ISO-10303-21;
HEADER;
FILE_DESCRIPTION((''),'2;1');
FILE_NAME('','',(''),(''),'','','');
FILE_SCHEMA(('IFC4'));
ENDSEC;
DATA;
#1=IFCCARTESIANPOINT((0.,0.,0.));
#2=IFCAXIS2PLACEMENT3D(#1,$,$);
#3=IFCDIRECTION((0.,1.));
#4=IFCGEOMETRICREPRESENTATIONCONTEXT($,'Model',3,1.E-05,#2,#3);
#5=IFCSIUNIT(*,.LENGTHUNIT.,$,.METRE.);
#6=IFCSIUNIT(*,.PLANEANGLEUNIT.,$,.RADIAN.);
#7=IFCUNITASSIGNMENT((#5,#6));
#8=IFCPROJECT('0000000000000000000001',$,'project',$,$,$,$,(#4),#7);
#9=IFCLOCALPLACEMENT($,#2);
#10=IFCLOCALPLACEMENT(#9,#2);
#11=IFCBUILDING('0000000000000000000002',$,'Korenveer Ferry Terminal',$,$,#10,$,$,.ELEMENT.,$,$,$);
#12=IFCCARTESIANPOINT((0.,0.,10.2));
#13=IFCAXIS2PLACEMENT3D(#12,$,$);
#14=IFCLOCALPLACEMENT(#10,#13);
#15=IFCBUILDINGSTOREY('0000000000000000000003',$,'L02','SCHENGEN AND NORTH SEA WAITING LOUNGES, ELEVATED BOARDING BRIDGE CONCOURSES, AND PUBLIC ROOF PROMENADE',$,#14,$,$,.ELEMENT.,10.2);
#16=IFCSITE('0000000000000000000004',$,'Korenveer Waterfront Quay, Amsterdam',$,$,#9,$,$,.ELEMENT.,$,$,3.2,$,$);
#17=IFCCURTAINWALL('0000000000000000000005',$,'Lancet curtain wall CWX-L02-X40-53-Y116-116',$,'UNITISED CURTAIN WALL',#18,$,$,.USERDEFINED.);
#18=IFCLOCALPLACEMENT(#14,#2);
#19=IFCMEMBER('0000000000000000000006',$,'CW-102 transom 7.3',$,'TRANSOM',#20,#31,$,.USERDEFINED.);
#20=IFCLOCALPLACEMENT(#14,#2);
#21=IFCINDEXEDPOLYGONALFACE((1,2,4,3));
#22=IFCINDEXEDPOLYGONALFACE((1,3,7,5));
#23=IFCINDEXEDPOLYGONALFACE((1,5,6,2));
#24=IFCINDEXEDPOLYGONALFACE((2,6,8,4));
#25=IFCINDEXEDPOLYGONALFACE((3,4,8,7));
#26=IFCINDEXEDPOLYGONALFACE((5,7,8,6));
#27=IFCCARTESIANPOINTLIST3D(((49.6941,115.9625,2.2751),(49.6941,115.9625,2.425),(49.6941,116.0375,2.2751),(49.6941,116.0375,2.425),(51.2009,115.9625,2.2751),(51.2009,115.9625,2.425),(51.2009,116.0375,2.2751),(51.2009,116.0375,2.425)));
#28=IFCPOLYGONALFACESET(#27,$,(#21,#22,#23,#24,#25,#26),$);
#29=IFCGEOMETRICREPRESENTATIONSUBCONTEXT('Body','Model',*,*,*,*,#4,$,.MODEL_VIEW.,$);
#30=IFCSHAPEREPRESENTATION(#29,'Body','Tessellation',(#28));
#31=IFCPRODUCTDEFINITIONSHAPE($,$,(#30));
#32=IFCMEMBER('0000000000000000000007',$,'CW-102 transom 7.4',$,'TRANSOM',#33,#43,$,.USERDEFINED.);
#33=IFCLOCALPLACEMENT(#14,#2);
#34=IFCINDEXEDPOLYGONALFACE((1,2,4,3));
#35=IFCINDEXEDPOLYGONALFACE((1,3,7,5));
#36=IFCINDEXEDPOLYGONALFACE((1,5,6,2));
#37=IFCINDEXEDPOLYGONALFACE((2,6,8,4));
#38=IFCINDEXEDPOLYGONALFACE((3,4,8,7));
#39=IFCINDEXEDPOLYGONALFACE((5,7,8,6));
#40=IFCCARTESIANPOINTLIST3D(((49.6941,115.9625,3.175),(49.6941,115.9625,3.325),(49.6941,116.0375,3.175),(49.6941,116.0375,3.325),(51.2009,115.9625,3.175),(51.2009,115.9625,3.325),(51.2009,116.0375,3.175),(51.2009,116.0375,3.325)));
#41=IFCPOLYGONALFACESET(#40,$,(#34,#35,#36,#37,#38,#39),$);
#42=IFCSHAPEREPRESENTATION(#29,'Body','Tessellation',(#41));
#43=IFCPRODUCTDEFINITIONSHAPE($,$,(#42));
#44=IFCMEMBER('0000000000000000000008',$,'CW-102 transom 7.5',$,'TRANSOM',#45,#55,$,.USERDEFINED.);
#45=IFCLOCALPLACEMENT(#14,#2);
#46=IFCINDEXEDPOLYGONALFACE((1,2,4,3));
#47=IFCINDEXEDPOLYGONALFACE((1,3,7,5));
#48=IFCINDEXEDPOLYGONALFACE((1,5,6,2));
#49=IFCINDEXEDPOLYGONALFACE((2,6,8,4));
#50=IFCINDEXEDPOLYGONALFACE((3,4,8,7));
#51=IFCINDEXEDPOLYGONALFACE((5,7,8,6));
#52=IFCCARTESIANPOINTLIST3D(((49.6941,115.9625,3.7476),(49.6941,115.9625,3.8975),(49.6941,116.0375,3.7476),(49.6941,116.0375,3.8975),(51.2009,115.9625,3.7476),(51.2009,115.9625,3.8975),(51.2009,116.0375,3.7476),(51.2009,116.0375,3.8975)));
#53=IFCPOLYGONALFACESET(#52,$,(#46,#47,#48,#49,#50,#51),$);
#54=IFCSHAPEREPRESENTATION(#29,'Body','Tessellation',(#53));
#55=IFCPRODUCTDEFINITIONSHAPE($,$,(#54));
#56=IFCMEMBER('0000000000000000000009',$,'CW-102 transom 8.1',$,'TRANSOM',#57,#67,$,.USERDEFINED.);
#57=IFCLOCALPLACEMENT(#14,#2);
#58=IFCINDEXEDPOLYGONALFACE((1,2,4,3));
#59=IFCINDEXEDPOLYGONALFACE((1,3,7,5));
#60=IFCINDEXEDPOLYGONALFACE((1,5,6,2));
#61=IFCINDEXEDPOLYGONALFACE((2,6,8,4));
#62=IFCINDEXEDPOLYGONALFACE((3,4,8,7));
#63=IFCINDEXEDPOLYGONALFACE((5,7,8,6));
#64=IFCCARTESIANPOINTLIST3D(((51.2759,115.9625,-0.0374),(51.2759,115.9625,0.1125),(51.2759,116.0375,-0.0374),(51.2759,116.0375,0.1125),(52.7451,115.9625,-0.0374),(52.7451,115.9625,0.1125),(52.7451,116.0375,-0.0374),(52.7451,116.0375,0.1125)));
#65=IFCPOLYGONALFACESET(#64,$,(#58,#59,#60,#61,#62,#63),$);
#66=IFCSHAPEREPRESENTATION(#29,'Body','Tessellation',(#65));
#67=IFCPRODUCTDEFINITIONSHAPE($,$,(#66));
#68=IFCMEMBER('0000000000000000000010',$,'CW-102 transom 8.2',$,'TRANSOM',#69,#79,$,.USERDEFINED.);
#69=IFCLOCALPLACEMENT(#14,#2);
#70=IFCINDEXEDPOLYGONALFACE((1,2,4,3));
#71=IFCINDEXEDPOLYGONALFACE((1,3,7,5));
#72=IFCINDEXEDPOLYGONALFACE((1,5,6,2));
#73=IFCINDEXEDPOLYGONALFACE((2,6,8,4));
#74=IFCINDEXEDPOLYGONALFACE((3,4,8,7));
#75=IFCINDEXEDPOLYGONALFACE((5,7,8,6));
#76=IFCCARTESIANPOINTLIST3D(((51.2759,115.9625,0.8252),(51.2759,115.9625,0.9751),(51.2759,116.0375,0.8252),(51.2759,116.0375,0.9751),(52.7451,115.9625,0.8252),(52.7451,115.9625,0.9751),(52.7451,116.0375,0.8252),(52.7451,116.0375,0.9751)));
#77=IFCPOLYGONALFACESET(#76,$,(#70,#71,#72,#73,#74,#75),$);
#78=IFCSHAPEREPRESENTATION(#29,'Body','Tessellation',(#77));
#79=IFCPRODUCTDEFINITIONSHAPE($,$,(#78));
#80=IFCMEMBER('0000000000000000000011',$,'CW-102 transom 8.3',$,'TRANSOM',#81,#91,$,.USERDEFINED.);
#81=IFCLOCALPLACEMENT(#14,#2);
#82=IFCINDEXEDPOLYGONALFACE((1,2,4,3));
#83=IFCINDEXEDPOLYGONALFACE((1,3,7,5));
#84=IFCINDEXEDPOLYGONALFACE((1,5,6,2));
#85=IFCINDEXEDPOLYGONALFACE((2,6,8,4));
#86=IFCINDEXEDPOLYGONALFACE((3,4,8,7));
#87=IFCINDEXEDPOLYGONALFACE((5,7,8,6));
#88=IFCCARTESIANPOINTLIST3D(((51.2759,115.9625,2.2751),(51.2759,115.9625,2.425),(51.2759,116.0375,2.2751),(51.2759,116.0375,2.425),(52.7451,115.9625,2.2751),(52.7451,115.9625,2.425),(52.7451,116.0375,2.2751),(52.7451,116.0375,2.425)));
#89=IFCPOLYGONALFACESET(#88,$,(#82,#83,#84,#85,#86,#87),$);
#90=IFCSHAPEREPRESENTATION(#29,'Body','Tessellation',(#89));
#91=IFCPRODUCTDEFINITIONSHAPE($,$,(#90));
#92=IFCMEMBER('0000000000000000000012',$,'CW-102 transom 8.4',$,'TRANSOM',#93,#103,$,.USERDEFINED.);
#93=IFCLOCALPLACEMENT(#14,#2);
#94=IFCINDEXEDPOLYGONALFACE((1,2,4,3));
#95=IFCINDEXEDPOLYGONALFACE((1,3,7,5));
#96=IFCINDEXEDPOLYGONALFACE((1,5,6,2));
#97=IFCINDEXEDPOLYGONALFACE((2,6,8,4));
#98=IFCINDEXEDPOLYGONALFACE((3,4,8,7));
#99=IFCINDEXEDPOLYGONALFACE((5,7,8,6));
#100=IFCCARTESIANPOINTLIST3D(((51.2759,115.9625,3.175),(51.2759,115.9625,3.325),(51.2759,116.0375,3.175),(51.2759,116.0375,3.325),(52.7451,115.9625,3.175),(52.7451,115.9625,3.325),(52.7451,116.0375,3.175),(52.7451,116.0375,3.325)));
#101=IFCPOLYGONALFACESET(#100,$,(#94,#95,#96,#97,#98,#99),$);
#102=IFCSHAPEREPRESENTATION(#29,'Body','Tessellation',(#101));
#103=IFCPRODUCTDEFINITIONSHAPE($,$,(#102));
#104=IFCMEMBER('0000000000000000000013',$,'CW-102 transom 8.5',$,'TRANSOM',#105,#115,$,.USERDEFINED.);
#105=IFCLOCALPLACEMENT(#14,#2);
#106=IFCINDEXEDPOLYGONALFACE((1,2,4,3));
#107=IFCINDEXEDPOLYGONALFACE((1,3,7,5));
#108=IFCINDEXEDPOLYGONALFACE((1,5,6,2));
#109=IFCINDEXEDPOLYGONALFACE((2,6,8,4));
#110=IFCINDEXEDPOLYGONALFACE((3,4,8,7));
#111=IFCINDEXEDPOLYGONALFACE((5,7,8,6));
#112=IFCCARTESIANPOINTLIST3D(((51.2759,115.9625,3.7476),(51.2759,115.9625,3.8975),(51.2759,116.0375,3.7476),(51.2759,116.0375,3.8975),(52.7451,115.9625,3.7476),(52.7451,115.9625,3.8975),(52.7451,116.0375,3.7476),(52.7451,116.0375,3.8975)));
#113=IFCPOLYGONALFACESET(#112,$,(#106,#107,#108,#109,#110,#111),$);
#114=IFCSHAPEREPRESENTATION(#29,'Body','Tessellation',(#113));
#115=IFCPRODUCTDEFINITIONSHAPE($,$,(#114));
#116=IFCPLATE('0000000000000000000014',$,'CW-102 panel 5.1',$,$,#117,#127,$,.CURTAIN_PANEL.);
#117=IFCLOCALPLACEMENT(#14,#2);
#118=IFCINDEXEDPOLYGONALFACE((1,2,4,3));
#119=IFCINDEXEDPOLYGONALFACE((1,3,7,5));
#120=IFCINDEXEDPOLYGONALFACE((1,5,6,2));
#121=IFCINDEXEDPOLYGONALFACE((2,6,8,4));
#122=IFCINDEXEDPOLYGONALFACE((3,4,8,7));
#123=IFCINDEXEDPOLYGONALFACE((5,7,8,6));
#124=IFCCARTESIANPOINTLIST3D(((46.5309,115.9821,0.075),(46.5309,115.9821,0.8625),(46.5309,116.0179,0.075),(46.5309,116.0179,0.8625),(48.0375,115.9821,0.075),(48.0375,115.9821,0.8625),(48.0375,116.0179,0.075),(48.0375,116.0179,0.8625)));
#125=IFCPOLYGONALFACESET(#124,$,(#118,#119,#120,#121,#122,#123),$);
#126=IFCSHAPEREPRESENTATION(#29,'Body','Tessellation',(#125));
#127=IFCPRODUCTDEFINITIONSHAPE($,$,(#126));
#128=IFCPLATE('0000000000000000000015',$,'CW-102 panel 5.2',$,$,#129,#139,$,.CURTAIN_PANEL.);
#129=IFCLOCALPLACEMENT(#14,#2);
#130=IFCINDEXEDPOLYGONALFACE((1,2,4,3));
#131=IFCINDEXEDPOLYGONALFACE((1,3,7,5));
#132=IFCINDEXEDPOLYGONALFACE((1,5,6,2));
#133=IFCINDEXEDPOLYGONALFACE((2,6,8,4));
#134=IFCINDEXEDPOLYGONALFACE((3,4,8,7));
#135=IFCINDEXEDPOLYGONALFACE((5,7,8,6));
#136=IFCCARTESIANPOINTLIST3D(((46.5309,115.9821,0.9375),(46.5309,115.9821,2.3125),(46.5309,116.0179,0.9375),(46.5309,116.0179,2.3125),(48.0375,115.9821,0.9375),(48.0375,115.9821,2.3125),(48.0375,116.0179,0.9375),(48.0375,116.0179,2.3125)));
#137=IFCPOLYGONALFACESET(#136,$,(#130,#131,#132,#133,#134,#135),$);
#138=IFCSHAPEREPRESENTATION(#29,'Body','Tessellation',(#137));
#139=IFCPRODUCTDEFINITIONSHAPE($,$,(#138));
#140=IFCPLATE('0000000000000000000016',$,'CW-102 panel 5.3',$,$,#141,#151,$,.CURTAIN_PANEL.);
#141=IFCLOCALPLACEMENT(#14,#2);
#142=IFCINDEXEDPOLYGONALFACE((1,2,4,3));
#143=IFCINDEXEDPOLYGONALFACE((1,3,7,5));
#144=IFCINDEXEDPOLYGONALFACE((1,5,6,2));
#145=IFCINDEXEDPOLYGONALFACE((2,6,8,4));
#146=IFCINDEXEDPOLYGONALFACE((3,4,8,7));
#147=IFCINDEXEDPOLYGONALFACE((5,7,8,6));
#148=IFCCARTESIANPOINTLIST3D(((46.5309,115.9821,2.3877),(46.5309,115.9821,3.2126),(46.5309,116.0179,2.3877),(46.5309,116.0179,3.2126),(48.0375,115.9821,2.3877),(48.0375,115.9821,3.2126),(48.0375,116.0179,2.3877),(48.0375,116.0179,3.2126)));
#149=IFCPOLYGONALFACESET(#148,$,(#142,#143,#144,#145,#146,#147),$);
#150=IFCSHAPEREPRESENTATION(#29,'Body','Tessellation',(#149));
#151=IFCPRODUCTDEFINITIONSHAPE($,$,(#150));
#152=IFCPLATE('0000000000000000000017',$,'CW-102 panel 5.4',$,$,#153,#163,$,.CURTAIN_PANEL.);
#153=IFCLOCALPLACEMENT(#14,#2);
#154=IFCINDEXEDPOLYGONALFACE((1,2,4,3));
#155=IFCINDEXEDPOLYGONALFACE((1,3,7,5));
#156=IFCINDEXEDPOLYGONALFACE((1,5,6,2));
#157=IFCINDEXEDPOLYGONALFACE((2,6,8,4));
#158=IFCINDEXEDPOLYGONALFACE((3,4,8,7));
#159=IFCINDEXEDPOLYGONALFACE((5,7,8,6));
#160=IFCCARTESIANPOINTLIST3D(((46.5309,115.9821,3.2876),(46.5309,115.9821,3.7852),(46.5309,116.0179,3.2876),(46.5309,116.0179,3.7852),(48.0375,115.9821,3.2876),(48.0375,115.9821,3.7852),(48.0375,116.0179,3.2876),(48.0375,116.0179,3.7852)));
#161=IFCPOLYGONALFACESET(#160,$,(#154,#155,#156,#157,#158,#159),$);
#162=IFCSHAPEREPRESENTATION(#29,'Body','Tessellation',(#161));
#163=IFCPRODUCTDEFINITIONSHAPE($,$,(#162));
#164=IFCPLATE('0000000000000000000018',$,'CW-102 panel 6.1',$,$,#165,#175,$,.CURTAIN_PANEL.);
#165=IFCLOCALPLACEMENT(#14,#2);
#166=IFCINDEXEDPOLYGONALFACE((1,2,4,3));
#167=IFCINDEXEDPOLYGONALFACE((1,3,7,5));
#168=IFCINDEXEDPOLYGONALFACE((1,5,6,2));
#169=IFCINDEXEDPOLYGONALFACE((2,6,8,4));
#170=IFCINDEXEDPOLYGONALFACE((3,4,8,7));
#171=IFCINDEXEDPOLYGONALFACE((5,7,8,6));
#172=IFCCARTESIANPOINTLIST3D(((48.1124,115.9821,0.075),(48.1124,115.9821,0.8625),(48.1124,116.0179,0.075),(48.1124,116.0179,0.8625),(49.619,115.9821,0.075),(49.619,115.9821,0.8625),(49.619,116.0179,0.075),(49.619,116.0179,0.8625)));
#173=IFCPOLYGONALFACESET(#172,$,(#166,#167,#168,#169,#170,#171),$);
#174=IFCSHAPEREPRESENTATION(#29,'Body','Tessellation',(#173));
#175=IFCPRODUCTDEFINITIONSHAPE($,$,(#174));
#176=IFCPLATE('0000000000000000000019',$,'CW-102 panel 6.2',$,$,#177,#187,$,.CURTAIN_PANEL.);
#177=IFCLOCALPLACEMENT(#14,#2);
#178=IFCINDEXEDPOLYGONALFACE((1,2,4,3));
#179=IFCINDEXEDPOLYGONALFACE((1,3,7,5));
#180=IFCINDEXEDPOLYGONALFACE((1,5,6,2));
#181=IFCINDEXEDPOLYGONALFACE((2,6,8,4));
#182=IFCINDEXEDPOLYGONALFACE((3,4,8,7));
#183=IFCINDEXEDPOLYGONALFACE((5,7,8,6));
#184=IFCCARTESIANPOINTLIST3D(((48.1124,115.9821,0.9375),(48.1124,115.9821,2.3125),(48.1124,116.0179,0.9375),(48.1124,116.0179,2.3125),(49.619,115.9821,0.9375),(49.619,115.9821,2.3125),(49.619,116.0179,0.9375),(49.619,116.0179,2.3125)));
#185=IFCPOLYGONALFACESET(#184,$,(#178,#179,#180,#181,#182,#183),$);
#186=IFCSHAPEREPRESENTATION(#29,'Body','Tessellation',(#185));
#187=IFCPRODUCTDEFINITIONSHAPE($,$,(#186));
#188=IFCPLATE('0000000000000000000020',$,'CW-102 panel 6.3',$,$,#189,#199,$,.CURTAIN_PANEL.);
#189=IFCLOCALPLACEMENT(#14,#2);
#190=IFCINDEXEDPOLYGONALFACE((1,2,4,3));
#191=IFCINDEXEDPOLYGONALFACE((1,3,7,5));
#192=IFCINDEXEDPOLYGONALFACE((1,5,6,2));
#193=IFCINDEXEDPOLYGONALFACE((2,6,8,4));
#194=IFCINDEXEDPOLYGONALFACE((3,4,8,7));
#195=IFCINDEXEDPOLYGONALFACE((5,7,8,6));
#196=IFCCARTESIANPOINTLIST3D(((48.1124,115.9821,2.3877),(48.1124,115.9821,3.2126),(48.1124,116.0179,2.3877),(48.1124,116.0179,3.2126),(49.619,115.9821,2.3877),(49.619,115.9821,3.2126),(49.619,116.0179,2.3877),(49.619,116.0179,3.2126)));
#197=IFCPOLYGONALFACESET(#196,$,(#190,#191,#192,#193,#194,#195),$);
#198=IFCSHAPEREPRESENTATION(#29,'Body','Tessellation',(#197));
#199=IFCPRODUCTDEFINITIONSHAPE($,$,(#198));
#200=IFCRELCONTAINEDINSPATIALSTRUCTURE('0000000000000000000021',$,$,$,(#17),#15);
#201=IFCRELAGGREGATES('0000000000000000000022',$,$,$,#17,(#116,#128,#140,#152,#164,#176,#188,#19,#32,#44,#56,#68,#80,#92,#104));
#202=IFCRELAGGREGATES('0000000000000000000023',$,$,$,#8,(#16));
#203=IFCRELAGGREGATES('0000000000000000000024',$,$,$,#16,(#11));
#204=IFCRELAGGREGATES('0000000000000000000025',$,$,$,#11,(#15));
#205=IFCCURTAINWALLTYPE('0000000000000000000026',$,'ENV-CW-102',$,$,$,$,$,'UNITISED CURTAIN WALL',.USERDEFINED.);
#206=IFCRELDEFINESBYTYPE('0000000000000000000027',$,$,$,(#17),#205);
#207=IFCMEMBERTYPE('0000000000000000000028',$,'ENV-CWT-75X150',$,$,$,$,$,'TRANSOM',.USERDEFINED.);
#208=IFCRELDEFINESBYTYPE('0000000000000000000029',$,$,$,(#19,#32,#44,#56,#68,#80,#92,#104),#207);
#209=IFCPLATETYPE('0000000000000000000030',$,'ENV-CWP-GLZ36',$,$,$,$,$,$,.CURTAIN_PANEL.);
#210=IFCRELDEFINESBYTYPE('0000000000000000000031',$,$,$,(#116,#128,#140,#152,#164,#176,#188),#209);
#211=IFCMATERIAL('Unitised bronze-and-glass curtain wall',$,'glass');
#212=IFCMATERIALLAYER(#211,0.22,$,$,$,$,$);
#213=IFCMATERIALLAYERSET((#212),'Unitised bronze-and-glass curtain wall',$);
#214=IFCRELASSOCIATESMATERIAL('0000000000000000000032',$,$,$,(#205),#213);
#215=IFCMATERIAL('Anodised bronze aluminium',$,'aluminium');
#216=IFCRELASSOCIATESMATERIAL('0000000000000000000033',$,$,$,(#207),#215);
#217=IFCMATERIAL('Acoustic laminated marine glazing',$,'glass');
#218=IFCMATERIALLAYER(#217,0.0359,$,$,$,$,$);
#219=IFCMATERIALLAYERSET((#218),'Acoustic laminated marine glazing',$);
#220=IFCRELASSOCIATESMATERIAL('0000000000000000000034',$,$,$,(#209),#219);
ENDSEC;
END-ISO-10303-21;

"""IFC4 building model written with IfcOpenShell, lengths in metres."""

from ifc_helpers import new_model, si_unit, direction, frame, origin, origin_2d, place, context, subcontext, project, spatial, rectangle, extrude, material, layer, layer_set, material_profile, profile_set, type_object, element, aggregate, save


model = new_model("IFC4")

# Units and contexts
model_context = context("Model", 3, precision=1e-05, world=origin(), true_north=direction((0.0, 1.0)))
body_context = subcontext(model_context, "Body", "Model", "MODEL_VIEW")
ifc_project = project(units=[si_unit("LENGTHUNIT", "METRE"), si_unit("PLANEANGLEUNIT", "RADIAN")], contexts=[model_context])

# Site, building, storey
site_placement = place(None, origin())
site = spatial("IfcSite", under=ifc_project, at=site_placement, Name="Korenveer Waterfront Quay, Amsterdam", CompositionType="ELEMENT", RefElevation=3.2)
building_placement = place(site_placement, origin())
building = spatial("IfcBuilding", under=site, at=building_placement, Name="Korenveer Ferry Terminal", CompositionType="ELEMENT")
storey_placement = place(building_placement, frame((0.0, 0.0, 10.2)))
storey = spatial("IfcBuildingStorey", under=building, at=storey_placement, Name="L02", Description="SCHENGEN AND NORTH SEA WAITING LOUNGES, ELEVATED BOARDING BRIDGE CONCOURSES, AND PUBLIC ROOF PROMENADE", CompositionType="ELEMENT", Elevation=10.2)

# Curtain wall, members, plates
ifc_material_1 = material(Name="Unitised bronze-and-glass curtain wall", Category="glass")
ifc_layer_1 = layer(ifc_material_1, 0.22)
ifc_layer_set_1 = layer_set([ifc_layer_1], Name="Unitised bronze-and-glass curtain wall")
curtain_wall_type = type_object("IfcCurtainWallType", Name="ENV-CW-102", ElementType="UNITISED CURTAIN WALL", PredefinedType="USERDEFINED", material=ifc_layer_set_1)
curtain_wall_placement = place(storey_placement, frame((40.1665, 116.0, 0.0)))
curtain_wall = element("IfcCurtainWall", 1, at=curtain_wall_placement, inside=storey, type_object=curtain_wall_type, Name="Lancet curtain wall CWX-L02-X40-53-Y116-116", ObjectType="UNITISED CURTAIN WALL", PredefinedType="USERDEFINED")
ifc_material_2 = material(Name="Anodised bronze aluminium", Category="aluminium")
ifc_material_profile_1 = material_profile(ifc_material_2, rectangle(XDim=0.075, YDim=0.1499, at=origin_2d()), Name="ALU 75x150")
ifc_profile_set_1 = profile_set([ifc_material_profile_1], Name="Anodised bronze aluminium")
member_type_1 = type_object("IfcMemberType", Name="ENV-CWT-75X150", ElementType="TRANSOM", PredefinedType="USERDEFINED", material=ifc_profile_set_1)
member_1_placement = place(storey_placement, frame((49.6941, 116.0, 2.3501), z_axis=(1.0, 0.0, 0.0), x_axis=(0.0, 1.0, 0.0)))
member_1 = element("IfcMember", 2, at=member_1_placement, type_object=member_type_1, Name="CW-102 transom 7.3", ObjectType="TRANSOM", PredefinedType="USERDEFINED", context=body_context, shape_type="SweptSolid", body=[
    extrude(rectangle(XDim=0.075, YDim=0.1499, at=origin_2d()), origin(), (0.0, 0.0, 1.0), 1.5068),
])
member_2_placement = place(storey_placement, frame((49.6941, 116.0, 3.25), z_axis=(1.0, 0.0, 0.0), x_axis=(0.0, 1.0, 0.0)))
member_2 = element("IfcMember", 3, at=member_2_placement, type_object=member_type_1, Name="CW-102 transom 7.4", ObjectType="TRANSOM", PredefinedType="USERDEFINED", context=body_context, shape_type="SweptSolid", body=[
    extrude(rectangle(XDim=0.075, YDim=0.1499, at=origin_2d()), origin(), (0.0, 0.0, 1.0), 1.5068),
])
member_3_placement = place(storey_placement, frame((49.6941, 116.0, 3.8225), z_axis=(1.0, 0.0, 0.0), x_axis=(0.0, 1.0, 0.0)))
member_3 = element("IfcMember", 4, at=member_3_placement, type_object=member_type_1, Name="CW-102 transom 7.5", ObjectType="TRANSOM", PredefinedType="USERDEFINED", context=body_context, shape_type="SweptSolid", body=[
    extrude(rectangle(XDim=0.075, YDim=0.1499, at=origin_2d()), origin(), (0.0, 0.0, 1.0), 1.5068),
])
member_4_placement = place(storey_placement, frame((51.2759, 116.0, 0.0376), z_axis=(1.0, 0.0, 0.0), x_axis=(0.0, 1.0, 0.0)))
member_4 = element("IfcMember", 5, at=member_4_placement, type_object=member_type_1, Name="CW-102 transom 8.1", ObjectType="TRANSOM", PredefinedType="USERDEFINED", context=body_context, shape_type="SweptSolid", body=[
    extrude(rectangle(XDim=0.075, YDim=0.1499, at=origin_2d()), origin(), (0.0, 0.0, 1.0), 1.4692),
])
member_5_placement = place(storey_placement, frame((51.2759, 116.0, 0.9001), z_axis=(1.0, 0.0, 0.0), x_axis=(0.0, 1.0, 0.0)))
member_5 = element("IfcMember", 6, at=member_5_placement, type_object=member_type_1, Name="CW-102 transom 8.2", ObjectType="TRANSOM", PredefinedType="USERDEFINED", context=body_context, shape_type="SweptSolid", body=[
    extrude(rectangle(XDim=0.075, YDim=0.1499, at=origin_2d()), origin(), (0.0, 0.0, 1.0), 1.4692),
])
member_6_placement = place(storey_placement, frame((51.2759, 116.0, 2.3501), z_axis=(1.0, 0.0, 0.0), x_axis=(0.0, 1.0, 0.0)))
member_6 = element("IfcMember", 7, at=member_6_placement, type_object=member_type_1, Name="CW-102 transom 8.3", ObjectType="TRANSOM", PredefinedType="USERDEFINED", context=body_context, shape_type="SweptSolid", body=[
    extrude(rectangle(XDim=0.075, YDim=0.1499, at=origin_2d()), origin(), (0.0, 0.0, 1.0), 1.4692),
])
member_7_placement = place(storey_placement, frame((51.2759, 116.0, 3.25), z_axis=(1.0, 0.0, 0.0), x_axis=(0.0, 1.0, 0.0)))
member_7 = element("IfcMember", 8, at=member_7_placement, type_object=member_type_1, Name="CW-102 transom 8.4", ObjectType="TRANSOM", PredefinedType="USERDEFINED", context=body_context, shape_type="SweptSolid", body=[
    extrude(rectangle(XDim=0.075, YDim=0.1499, at=origin_2d()), origin(), (0.0, 0.0, 1.0), 1.4692),
])
member_8_placement = place(storey_placement, frame((51.2759, 116.0, 3.8225), z_axis=(1.0, 0.0, 0.0), x_axis=(0.0, 1.0, 0.0)))
member_8 = element("IfcMember", 9, at=member_8_placement, type_object=member_type_1, Name="CW-102 transom 8.5", ObjectType="TRANSOM", PredefinedType="USERDEFINED", context=body_context, shape_type="SweptSolid", body=[
    extrude(rectangle(XDim=0.075, YDim=0.1499, at=origin_2d()), origin(), (0.0, 0.0, 1.0), 1.4692),
])
ifc_material_3 = material(Name="Acoustic laminated marine glazing", Category="glass")
ifc_layer_2 = layer(ifc_material_3, 0.0359)
ifc_layer_set_2 = layer_set([ifc_layer_2], Name="Acoustic laminated marine glazing")
plate_type = type_object("IfcPlateType", Name="ENV-CWP-GLZ36", PredefinedType="CURTAIN_PANEL", material=ifc_layer_set_2)
plate_1_placement = place(storey_placement, frame((47.2842, 116.0, 0.075), z_axis=(0.0, 0.0, 1.0), x_axis=(1.0, 0.0, 0.0)))
plate_1 = element("IfcPlate", 10, at=plate_1_placement, type_object=plate_type, Name="CW-102 panel 5.1", PredefinedType="CURTAIN_PANEL", context=body_context, shape_type="SweptSolid", body=[
    extrude(rectangle(XDim=1.5066, YDim=0.0359, at=origin_2d()), origin(), (0.0, 0.0, 1.0), 0.7876),
])
plate_2_placement = place(storey_placement, frame((47.2842, 116.0, 0.9375), z_axis=(0.0, 0.0, 1.0), x_axis=(1.0, 0.0, 0.0)))
plate_2 = element("IfcPlate", 11, at=plate_2_placement, type_object=plate_type, Name="CW-102 panel 5.2", PredefinedType="CURTAIN_PANEL", context=body_context, shape_type="SweptSolid", body=[
    extrude(rectangle(XDim=1.5066, YDim=0.0359, at=origin_2d()), origin(), (0.0, 0.0, 1.0), 1.375),
])
plate_3_placement = place(storey_placement, frame((47.2842, 116.0, 2.3877), z_axis=(0.0, 0.0, 1.0), x_axis=(1.0, 0.0, 0.0)))
plate_3 = element("IfcPlate", 12, at=plate_3_placement, type_object=plate_type, Name="CW-102 panel 5.3", PredefinedType="CURTAIN_PANEL", context=body_context, shape_type="SweptSolid", body=[
    extrude(rectangle(XDim=1.5066, YDim=0.0359, at=origin_2d()), origin(), (0.0, 0.0, 1.0), 0.825),
])
plate_4_placement = place(storey_placement, frame((47.2842, 116.0, 3.2876), z_axis=(0.0, 0.0, 1.0), x_axis=(1.0, 0.0, 0.0)))
plate_4 = element("IfcPlate", 13, at=plate_4_placement, type_object=plate_type, Name="CW-102 panel 5.4", PredefinedType="CURTAIN_PANEL", context=body_context, shape_type="SweptSolid", body=[
    extrude(rectangle(XDim=1.5066, YDim=0.0359, at=origin_2d()), origin(), (0.0, 0.0, 1.0), 0.4976),
])
plate_5_placement = place(storey_placement, frame((48.8657, 116.0, 0.075), z_axis=(0.0, 0.0, 1.0), x_axis=(1.0, 0.0, 0.0)))
plate_5 = element("IfcPlate", 14, at=plate_5_placement, type_object=plate_type, Name="CW-102 panel 6.1", PredefinedType="CURTAIN_PANEL", context=body_context, shape_type="SweptSolid", body=[
    extrude(rectangle(XDim=1.5066, YDim=0.0359, at=origin_2d()), origin(), (0.0, 0.0, 1.0), 0.7876),
])
plate_6_placement = place(storey_placement, frame((48.8657, 116.0, 0.9375), z_axis=(0.0, 0.0, 1.0), x_axis=(1.0, 0.0, 0.0)))
plate_6 = element("IfcPlate", 15, at=plate_6_placement, type_object=plate_type, Name="CW-102 panel 6.2", PredefinedType="CURTAIN_PANEL", context=body_context, shape_type="SweptSolid", body=[
    extrude(rectangle(XDim=1.5066, YDim=0.0359, at=origin_2d()), origin(), (0.0, 0.0, 1.0), 1.375),
])
plate_7_placement = place(storey_placement, frame((48.8657, 116.0, 2.3877), z_axis=(0.0, 0.0, 1.0), x_axis=(1.0, 0.0, 0.0)))
plate_7 = element("IfcPlate", 16, at=plate_7_placement, type_object=plate_type, Name="CW-102 panel 6.3", PredefinedType="CURTAIN_PANEL", context=body_context, shape_type="SweptSolid", body=[
    extrude(rectangle(XDim=1.5066, YDim=0.0359, at=origin_2d()), origin(), (0.0, 0.0, 1.0), 0.825),
])
aggregate(curtain_wall, [plate_1, plate_2, plate_3, plate_4, plate_5, plate_6, plate_7, member_1, member_2, member_3, member_4, member_5, member_6, member_7, member_8])

save(model, "model.ifc")
